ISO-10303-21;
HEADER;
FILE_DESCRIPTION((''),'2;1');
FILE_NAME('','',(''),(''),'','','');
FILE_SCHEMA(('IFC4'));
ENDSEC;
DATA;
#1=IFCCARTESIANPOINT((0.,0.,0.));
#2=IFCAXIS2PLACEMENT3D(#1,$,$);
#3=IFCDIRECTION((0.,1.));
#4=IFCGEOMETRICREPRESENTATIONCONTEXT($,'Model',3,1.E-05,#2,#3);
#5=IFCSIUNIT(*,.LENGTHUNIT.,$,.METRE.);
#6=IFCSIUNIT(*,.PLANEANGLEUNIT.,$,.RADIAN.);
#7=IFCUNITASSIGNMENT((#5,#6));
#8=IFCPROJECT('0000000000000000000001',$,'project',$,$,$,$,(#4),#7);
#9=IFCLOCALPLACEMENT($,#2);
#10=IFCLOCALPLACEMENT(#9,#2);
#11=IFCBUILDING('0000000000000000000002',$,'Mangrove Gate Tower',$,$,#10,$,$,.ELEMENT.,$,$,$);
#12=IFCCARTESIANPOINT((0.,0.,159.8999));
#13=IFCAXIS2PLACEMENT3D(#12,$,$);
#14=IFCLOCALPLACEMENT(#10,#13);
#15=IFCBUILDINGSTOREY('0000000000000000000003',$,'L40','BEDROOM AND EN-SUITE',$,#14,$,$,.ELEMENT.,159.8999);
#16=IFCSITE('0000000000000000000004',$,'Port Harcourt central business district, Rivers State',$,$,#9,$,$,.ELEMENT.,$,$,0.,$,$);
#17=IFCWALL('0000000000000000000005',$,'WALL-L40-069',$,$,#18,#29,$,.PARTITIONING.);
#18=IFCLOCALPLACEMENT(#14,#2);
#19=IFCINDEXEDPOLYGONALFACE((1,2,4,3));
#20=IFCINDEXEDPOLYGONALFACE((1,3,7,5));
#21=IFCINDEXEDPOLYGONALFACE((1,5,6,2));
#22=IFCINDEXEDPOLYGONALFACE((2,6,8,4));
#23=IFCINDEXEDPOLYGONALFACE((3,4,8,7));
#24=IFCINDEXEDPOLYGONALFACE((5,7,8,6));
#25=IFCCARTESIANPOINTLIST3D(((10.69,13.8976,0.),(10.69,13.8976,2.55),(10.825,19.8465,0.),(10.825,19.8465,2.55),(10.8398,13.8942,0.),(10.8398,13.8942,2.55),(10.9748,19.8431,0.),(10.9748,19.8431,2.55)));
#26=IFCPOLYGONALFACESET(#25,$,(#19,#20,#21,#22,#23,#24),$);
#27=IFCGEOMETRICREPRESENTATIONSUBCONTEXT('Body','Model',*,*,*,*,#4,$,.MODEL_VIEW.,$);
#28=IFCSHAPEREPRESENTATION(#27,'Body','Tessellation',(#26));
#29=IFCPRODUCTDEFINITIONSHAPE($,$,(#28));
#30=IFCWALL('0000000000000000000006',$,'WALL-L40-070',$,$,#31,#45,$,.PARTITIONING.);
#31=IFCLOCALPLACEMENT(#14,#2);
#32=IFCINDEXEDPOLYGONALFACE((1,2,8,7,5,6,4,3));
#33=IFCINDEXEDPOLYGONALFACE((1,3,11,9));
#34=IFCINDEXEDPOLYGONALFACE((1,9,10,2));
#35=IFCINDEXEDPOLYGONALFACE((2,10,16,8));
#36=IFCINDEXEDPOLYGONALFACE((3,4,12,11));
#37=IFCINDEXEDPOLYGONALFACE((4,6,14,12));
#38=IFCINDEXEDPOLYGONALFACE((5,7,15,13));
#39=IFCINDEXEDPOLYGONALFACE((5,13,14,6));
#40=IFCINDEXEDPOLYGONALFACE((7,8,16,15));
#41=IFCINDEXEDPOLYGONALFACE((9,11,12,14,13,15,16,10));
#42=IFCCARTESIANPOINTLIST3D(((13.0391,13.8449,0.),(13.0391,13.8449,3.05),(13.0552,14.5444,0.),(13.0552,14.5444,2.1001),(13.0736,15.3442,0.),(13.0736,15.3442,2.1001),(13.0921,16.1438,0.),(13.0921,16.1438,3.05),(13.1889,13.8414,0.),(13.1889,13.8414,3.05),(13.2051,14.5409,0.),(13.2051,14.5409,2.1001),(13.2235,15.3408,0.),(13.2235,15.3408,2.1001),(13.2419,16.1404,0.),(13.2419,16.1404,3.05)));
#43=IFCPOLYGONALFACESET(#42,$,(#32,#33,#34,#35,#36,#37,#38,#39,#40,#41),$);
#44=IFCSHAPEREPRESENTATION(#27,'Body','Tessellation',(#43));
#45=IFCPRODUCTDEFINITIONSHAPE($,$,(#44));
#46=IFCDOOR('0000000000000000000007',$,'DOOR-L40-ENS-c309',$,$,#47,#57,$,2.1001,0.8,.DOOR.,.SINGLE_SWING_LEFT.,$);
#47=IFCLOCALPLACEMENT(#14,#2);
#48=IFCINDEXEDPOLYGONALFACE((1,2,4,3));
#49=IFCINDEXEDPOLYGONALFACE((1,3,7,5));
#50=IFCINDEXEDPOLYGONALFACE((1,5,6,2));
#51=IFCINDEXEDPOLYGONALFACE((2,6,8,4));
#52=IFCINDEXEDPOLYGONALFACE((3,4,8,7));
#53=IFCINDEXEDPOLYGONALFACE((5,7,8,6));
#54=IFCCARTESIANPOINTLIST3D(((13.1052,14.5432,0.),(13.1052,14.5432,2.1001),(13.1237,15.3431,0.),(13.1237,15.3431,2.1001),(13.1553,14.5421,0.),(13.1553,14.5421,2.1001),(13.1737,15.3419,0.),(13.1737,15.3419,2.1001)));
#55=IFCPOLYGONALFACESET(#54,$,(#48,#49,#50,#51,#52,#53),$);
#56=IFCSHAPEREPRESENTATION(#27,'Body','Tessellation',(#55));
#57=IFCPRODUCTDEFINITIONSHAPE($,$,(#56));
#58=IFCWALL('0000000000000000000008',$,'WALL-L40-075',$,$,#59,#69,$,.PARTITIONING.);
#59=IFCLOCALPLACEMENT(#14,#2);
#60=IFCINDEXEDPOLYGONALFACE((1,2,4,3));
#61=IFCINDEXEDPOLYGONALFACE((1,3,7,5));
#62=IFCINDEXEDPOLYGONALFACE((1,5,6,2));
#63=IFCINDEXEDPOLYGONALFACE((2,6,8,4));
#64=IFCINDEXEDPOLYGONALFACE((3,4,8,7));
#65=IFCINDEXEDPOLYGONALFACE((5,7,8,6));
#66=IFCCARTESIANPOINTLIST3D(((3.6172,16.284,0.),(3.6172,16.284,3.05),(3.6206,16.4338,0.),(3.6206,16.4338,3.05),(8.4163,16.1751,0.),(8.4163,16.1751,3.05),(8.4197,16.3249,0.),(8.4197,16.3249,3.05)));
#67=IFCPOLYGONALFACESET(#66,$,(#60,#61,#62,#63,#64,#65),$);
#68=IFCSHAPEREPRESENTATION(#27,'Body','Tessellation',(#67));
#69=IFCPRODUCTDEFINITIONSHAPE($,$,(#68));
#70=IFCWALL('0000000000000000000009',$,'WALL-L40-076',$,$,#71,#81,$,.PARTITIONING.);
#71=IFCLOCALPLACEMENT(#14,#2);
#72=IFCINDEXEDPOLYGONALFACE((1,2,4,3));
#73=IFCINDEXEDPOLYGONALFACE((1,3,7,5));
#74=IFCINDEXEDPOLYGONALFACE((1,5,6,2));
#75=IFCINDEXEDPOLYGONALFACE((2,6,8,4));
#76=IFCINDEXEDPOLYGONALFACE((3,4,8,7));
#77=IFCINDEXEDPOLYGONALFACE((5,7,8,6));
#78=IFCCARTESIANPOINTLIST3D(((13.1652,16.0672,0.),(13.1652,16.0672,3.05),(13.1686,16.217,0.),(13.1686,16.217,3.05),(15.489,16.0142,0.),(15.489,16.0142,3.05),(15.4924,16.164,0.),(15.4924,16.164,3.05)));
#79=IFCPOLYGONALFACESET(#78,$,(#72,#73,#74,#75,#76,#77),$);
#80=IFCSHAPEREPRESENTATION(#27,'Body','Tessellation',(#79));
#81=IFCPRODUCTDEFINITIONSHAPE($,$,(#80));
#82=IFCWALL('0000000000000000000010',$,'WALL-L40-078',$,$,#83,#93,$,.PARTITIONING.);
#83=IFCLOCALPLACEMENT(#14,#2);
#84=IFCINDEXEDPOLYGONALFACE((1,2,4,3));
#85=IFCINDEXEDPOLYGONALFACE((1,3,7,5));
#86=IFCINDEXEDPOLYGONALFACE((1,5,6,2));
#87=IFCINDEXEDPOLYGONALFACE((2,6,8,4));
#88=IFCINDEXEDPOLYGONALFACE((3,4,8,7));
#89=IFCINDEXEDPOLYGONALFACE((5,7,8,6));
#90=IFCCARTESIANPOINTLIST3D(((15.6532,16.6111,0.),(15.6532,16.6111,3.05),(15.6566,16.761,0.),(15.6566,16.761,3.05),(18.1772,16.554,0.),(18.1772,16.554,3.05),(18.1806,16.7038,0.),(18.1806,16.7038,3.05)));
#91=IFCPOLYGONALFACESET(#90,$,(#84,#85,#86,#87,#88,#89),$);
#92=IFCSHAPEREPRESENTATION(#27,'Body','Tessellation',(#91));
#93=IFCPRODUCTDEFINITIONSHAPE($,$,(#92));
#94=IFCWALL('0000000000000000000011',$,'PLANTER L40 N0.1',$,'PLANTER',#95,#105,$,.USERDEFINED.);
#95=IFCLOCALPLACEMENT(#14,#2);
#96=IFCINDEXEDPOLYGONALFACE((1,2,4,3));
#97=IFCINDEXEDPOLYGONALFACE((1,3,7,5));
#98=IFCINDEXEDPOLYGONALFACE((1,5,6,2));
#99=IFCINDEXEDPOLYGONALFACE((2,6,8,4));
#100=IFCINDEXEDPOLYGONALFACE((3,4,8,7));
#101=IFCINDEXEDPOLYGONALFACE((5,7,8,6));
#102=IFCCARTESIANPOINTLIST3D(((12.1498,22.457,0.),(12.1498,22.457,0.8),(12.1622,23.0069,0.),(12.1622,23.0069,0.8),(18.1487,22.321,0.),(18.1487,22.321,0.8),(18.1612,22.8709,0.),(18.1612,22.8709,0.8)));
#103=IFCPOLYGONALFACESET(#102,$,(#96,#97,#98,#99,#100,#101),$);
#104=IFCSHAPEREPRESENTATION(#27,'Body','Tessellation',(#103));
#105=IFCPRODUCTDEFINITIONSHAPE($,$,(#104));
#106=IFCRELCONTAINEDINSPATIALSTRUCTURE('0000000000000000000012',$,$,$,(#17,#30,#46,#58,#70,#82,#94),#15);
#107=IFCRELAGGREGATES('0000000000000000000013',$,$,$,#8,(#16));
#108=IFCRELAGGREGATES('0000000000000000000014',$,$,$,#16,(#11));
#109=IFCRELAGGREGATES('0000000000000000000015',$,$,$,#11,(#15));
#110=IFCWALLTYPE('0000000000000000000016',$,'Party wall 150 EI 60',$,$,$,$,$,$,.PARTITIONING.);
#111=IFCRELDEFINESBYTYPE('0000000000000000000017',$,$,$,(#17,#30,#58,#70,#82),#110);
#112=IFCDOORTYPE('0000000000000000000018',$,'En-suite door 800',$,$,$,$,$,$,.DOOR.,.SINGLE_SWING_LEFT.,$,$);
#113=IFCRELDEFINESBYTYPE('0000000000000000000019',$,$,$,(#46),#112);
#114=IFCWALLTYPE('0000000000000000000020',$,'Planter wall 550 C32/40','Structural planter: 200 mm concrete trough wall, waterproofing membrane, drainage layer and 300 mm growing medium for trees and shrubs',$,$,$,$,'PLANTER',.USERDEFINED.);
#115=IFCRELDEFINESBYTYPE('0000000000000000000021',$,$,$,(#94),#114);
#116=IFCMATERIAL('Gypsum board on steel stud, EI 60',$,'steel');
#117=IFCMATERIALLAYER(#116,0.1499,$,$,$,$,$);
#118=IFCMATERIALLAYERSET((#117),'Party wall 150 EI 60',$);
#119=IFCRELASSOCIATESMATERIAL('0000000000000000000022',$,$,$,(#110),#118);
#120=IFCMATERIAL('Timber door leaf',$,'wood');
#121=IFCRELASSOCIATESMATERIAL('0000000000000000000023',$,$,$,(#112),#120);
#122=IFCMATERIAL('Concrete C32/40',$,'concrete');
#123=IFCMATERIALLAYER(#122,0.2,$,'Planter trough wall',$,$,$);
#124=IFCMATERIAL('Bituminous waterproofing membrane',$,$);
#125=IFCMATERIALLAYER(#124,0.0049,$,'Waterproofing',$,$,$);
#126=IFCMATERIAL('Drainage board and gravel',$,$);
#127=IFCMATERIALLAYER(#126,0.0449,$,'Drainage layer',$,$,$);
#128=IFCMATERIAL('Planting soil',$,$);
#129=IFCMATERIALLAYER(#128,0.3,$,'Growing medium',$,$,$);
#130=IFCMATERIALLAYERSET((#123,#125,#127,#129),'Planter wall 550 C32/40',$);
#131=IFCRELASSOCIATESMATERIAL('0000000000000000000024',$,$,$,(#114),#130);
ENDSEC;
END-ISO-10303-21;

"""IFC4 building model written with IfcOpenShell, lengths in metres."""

from ifc_helpers import new_model, si_unit, direction, frame, frame_2d, origin, place, context, subcontext, project, spatial, rectangle, extrude, material, layer, layer_set, type_object, element, fill, save


model = new_model("IFC4")

# Units and contexts
model_context = context("Model", 3, precision=1e-05, world=origin(), true_north=direction((0.0, 1.0)))
body_context = subcontext(model_context, "Body", "Model", "MODEL_VIEW")
ifc_project = project(units=[si_unit("LENGTHUNIT", "METRE"), si_unit("PLANEANGLEUNIT", "RADIAN")], contexts=[model_context])

# Site, building, storey
site_placement = place(None, origin())
site = spatial("IfcSite", under=ifc_project, at=site_placement, Name="Port Harcourt central business district, Rivers State", CompositionType="ELEMENT", RefElevation=0.0)
building_placement = place(site_placement, origin())
building = spatial("IfcBuilding", under=site, at=building_placement, Name="Mangrove Gate Tower", CompositionType="ELEMENT")
storey_placement = place(building_placement, frame((0.0, 0.0, 159.8999)))
storey = spatial("IfcBuildingStorey", under=building, at=storey_placement, Name="L40", Description="BEDROOM AND EN-SUITE", CompositionType="ELEMENT", Elevation=159.8999)

# Shared definitions
ifc_material_1 = material(Name="Gypsum board on steel stud, EI 60", Category="steel")
ifc_layer_1 = layer(ifc_material_1, 0.1499)
ifc_layer_set_1 = layer_set([ifc_layer_1], Name="Party wall 150 EI 60")
wall_type_1 = type_object("IfcWallType", Name="Party wall 150 EI 60", PredefinedType="PARTITIONING", material=ifc_layer_set_1)

# Shared definitions
ifc_material_2 = material(Name="Timber door leaf", Category="wood")
door_type = type_object("IfcDoorType", Name="En-suite door 800", OperationType="SINGLE_SWING_LEFT", PredefinedType="DOOR", material=ifc_material_2)

# Wall
wall_1_placement = place(storey_placement, frame((10.7649, 13.896, 0.0), z_axis=(0.0, 0.0, 1.0), x_axis=(0.022689, 0.999743, 0.0)))
element("IfcWall", 1, at=wall_1_placement, inside=storey, type_object=wall_type_1, Name="WALL-L40-069", PredefinedType="PARTITIONING", context=body_context, shape_type="SweptSolid", body=[
    extrude(rectangle(XDim=5.9504, YDim=0.1499, at=frame_2d((2.9751, 0.0))), origin(), (0.0, 0.0, 1.0), 2.55),
])

# Wall, opening, door
wall_2_placement = place(storey_placement, frame((13.114, 13.843, 0.0), z_axis=(0.0, 0.0, 1.0), x_axis=(0.023037, 0.999735, 0.0)))
wall_2 = element("IfcWall", 2, at=wall_2_placement, inside=storey, type_object=wall_type_1, Name="WALL-L40-070", PredefinedType="PARTITIONING", context=body_context, shape_type="SweptSolid", body=[
    extrude(rectangle(XDim=2.2996, YDim=0.1499, at=frame_2d((1.1499, 0.0))), origin(), (0.0, 0.0, 1.0), 3.05),
])
opening_1_placement = place(wall_2_placement, frame((0.7, 0.0, 0.0)))
opening_1 = element("IfcOpeningElement", 3, at=opening_1_placement, cuts=wall_2, PredefinedType="OPENING", context=body_context, shape_type="SweptSolid", body=[
    extrude(rectangle(XDim=0.8, YDim=2.1001, at=frame_2d((0.3999, 1.05))), frame((0.0, 0.085, 0.0), z_axis=(0.0, -1.0, 0.0), x_axis=(1.0, 0.0, 0.0)), (0.0, 0.0, 1.0), 0.1699),
])
door_1_placement = place(opening_1_placement, origin())
door_1 = element("IfcDoor", 4, at=door_1_placement, inside=storey, type_object=door_type, Name="DOOR-L40-ENS-c309", OperationType="SINGLE_SWING_LEFT", OverallHeight=2.1001, OverallWidth=0.8, PredefinedType="DOOR", context=body_context, shape_type="SweptSolid", body=[
    extrude(rectangle(XDim=0.8, YDim=2.1001, at=frame_2d((0.3999, 1.05))), frame((0.0, 0.0249, 0.0), z_axis=(0.0, -1.0, 0.0), x_axis=(1.0, 0.0, 0.0)), (0.0, 0.0, 1.0), 0.05),
])
fill(opening_1, door_1)

# Walls
wall_3_placement = place(storey_placement, frame((3.6189, 16.3589, 0.0), z_axis=(0.0, 0.0, 1.0), x_axis=(0.999743, -0.022683, 0.0)))
element("IfcWall", 5, at=wall_3_placement, inside=storey, type_object=wall_type_1, Name="WALL-L40-075", PredefinedType="PARTITIONING", context=body_context, shape_type="SweptSolid", body=[
    extrude(rectangle(XDim=4.8003, YDim=0.1499, at=frame_2d((2.4001, 0.0))), origin(), (0.0, 0.0, 1.0), 3.05),
])
wall_4_placement = place(storey_placement, frame((13.167, 16.1421, 0.0), z_axis=(0.0, 0.0, 1.0), x_axis=(0.99974, -0.022791, 0.0)))
element("IfcWall", 6, at=wall_4_placement, inside=storey, type_object=wall_type_1, Name="WALL-L40-076", PredefinedType="PARTITIONING", context=body_context, shape_type="SweptSolid", body=[
    extrude(rectangle(XDim=2.3245, YDim=0.1499, at=frame_2d((1.1621, 0.0))), origin(), (0.0, 0.0, 1.0), 3.05),
])
wall_5_placement = place(storey_placement, frame((15.655, 16.686, 0.0), z_axis=(0.0, 0.0, 1.0), x_axis=(0.999744, -0.022629, 0.0)))
element("IfcWall", 7, at=wall_5_placement, inside=storey, type_object=wall_type_1, Name="WALL-L40-078", PredefinedType="PARTITIONING", context=body_context, shape_type="SweptSolid", body=[
    extrude(rectangle(XDim=2.5247, YDim=0.1499, at=frame_2d((1.2622, 0.0))), origin(), (0.0, 0.0, 1.0), 3.05),
])
ifc_material_3 = material(Name="Concrete C32/40", Category="concrete")
ifc_layer_2 = layer(ifc_material_3, 0.2, Name="Planter trough wall")
ifc_material_4 = material(Name="Bituminous waterproofing membrane")
ifc_layer_3 = layer(ifc_material_4, 0.0049, Name="Waterproofing")
ifc_material_5 = material(Name="Drainage board and gravel")
ifc_layer_4 = layer(ifc_material_5, 0.0449, Name="Drainage layer")
ifc_material_6 = material(Name="Planting soil")
ifc_layer_5 = layer(ifc_material_6, 0.3, Name="Growing medium")
ifc_layer_set_2 = layer_set([ifc_layer_2, ifc_layer_3, ifc_layer_4, ifc_layer_5], Name="Planter wall 550 C32/40")
wall_type_2 = type_object("IfcWallType", Name="Planter wall 550 C32/40", Description="Structural planter: 200 mm concrete trough wall, waterproofing membrane, drainage layer and 300 mm growing medium for trees and shrubs", ElementType="PLANTER", PredefinedType="USERDEFINED", material=ifc_layer_set_2)
wall_6_placement = place(storey_placement, frame((12.156, 22.7319, 0.0), z_axis=(0.0, 0.0, 1.0), x_axis=(0.999743, -0.022662, 0.0)))
element("IfcWall", 8, at=wall_6_placement, inside=storey, type_object=wall_type_2, Name="PLANTER L40 N0.1", ObjectType="PLANTER", PredefinedType="USERDEFINED", context=body_context, shape_type="SweptSolid", body=[
    extrude(rectangle(XDim=6.0005, YDim=0.55, at=frame_2d((3.0002, 0.0))), origin(), (0.0, 0.0, 1.0), 0.8),
])

save(model, "model.ifc")
